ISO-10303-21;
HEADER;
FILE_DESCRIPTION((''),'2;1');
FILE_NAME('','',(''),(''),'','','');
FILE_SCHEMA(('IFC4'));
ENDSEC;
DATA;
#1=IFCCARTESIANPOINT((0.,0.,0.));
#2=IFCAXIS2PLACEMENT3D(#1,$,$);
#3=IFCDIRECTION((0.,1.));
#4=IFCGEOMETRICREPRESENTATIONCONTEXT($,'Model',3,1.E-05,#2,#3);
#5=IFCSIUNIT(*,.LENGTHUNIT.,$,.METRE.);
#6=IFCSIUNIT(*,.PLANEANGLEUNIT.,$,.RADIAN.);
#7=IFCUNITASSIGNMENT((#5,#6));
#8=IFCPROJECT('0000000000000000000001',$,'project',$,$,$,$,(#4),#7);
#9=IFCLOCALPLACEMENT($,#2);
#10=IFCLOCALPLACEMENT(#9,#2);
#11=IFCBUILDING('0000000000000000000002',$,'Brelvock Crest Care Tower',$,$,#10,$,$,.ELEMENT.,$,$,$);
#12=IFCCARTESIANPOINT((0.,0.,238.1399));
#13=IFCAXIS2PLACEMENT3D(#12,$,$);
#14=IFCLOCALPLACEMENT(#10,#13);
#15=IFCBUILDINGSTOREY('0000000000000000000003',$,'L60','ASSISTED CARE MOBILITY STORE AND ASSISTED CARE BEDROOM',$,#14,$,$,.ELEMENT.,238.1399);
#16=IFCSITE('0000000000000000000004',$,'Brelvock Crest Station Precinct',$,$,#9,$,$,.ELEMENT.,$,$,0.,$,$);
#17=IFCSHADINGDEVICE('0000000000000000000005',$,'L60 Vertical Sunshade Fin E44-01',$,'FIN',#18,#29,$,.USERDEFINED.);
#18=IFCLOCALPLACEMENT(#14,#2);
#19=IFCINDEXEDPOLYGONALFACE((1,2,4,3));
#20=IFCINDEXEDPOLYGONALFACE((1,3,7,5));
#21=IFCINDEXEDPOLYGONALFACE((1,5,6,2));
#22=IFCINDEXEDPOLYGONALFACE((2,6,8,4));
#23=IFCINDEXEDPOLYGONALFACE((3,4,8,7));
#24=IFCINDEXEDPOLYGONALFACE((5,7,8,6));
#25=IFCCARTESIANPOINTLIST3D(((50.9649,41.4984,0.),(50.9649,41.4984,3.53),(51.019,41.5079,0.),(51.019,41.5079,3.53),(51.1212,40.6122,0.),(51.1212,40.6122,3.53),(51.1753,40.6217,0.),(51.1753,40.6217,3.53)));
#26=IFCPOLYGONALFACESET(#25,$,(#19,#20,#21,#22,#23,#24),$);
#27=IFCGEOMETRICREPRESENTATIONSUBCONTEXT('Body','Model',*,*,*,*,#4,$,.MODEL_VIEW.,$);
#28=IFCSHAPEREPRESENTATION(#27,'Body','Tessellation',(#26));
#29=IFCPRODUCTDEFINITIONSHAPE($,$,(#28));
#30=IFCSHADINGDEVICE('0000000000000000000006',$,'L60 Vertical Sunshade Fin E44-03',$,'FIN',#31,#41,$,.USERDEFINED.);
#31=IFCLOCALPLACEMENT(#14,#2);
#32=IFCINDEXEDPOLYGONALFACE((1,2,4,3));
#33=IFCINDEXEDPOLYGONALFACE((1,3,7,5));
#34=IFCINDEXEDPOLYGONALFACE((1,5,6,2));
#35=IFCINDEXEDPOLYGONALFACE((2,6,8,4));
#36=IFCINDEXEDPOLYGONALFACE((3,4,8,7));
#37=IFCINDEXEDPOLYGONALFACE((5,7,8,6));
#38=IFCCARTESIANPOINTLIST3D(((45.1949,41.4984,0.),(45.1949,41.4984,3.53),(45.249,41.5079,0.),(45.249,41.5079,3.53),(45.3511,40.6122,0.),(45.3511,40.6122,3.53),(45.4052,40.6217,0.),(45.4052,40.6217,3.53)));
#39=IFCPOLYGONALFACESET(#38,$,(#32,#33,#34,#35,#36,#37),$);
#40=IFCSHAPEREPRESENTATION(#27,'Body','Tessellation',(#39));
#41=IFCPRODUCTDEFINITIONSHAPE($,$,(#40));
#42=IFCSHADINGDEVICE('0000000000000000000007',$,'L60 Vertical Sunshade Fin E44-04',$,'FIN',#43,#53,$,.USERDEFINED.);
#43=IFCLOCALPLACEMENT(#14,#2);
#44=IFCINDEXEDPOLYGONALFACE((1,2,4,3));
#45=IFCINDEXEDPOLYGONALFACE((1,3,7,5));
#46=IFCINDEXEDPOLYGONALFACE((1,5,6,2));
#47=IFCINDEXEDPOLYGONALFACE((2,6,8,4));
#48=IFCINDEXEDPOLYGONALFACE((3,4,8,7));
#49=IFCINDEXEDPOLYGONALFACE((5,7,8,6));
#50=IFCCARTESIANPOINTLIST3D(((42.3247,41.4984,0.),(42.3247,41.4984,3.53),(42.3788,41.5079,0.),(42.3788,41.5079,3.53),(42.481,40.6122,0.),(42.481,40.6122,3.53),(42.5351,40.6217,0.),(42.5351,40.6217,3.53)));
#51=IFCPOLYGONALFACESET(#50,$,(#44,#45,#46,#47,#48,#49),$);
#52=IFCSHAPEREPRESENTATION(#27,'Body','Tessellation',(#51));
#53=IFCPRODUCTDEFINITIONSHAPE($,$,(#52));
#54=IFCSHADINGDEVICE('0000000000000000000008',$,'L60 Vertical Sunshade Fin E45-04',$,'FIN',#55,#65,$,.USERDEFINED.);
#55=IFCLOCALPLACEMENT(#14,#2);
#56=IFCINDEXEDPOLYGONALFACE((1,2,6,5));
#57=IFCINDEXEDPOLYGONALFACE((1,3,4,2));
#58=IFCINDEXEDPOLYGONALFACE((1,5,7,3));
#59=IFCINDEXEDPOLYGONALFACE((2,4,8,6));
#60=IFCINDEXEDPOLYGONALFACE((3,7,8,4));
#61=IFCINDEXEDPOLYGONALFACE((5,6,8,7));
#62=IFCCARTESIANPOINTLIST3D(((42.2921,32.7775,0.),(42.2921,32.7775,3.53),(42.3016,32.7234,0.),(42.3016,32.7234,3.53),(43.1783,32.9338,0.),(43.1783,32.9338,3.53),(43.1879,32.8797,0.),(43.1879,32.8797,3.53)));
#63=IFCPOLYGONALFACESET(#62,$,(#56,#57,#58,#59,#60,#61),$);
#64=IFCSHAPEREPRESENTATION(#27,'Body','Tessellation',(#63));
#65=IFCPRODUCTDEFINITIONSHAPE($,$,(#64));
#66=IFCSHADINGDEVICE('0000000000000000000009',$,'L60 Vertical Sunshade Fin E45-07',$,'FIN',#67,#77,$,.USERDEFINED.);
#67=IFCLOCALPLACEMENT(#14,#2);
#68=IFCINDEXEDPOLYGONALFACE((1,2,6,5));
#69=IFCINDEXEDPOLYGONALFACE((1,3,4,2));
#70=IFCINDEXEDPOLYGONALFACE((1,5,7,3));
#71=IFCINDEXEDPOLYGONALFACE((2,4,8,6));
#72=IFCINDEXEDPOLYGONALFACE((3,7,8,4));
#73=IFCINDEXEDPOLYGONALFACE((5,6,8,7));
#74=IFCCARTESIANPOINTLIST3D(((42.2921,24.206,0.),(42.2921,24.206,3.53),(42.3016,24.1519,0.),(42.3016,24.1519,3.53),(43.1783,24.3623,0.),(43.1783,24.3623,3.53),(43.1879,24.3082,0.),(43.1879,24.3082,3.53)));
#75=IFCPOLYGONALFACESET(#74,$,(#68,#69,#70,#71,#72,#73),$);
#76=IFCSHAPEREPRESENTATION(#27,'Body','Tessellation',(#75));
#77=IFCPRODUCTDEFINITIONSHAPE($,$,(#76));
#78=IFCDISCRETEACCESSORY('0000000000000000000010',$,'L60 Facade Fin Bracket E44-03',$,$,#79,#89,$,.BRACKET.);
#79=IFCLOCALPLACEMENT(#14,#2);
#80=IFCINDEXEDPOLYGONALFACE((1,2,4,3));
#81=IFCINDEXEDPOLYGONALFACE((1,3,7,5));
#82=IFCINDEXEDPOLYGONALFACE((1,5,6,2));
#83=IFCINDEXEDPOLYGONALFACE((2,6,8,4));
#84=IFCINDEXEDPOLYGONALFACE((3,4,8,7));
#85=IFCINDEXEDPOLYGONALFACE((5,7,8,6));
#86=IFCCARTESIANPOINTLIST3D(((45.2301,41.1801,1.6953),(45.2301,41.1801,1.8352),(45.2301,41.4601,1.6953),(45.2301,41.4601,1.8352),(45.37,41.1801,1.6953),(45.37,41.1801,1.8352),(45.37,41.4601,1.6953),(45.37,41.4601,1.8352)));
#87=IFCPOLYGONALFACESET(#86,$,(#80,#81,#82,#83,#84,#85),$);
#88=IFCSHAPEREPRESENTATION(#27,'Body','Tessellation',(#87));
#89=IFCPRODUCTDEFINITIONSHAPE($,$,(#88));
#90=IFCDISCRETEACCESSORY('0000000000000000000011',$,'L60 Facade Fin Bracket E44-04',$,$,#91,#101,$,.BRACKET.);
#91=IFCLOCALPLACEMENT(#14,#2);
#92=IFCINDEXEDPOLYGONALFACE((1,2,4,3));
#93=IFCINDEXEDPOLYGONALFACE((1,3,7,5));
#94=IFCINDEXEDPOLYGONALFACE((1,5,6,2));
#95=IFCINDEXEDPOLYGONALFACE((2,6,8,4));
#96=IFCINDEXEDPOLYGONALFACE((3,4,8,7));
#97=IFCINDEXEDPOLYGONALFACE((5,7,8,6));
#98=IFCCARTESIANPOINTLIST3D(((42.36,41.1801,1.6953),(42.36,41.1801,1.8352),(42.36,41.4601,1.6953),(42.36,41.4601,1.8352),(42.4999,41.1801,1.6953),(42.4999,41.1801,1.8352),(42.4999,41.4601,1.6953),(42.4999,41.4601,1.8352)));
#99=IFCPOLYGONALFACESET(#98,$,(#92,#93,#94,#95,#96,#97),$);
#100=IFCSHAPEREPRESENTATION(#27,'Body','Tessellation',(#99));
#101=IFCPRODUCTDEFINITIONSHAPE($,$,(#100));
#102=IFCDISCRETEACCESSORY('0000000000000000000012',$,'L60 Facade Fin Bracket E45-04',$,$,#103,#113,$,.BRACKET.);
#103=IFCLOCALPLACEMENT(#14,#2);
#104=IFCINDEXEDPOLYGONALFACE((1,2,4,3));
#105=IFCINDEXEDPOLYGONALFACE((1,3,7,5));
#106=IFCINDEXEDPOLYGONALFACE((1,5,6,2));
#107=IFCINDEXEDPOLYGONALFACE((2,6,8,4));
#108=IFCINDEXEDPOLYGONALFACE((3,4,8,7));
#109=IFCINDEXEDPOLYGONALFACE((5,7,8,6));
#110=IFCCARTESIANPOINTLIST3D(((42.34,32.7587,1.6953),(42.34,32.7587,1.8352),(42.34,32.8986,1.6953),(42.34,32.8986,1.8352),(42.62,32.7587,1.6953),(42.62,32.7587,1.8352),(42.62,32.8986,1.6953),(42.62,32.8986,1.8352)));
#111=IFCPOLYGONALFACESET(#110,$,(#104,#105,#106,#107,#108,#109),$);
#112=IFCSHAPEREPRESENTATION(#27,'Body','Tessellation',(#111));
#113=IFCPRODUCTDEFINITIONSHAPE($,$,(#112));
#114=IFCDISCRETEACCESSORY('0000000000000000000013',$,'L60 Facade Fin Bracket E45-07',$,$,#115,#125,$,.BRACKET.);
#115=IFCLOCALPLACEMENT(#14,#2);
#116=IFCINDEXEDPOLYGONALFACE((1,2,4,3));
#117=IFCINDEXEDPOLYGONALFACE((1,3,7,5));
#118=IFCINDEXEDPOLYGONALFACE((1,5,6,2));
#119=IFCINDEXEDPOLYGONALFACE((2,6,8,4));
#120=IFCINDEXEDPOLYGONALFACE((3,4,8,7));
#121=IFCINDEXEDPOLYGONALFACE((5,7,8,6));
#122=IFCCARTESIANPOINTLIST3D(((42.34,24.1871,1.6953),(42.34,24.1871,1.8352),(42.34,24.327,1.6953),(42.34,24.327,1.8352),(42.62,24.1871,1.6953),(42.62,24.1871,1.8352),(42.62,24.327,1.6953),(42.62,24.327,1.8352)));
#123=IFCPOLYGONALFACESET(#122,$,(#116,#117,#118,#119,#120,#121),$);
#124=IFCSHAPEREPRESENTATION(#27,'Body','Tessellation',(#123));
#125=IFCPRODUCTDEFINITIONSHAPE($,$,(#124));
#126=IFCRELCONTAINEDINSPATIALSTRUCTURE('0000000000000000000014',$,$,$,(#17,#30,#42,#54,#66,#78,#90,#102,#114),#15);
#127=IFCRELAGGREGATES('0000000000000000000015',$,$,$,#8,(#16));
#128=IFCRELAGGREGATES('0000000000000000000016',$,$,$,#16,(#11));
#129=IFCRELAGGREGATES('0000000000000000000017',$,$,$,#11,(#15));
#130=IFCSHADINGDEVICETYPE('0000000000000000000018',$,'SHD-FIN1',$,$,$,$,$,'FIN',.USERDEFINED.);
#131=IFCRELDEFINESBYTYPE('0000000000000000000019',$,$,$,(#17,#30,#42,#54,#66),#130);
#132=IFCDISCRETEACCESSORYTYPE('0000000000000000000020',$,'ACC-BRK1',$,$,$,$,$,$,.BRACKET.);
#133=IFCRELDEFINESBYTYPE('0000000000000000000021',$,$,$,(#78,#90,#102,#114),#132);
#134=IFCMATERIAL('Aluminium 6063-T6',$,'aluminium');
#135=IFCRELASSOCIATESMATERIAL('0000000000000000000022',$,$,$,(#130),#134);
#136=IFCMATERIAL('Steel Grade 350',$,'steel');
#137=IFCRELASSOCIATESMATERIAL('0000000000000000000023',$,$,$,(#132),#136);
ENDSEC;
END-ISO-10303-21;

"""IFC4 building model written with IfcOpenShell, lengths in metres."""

from ifc_helpers import new_model, si_unit, direction, frame, origin, origin_2d, place, context, subcontext, project, spatial, rectangle, extrude, source, transform, mapped, material, material_profile, profile_set, type_object, element, save


model = new_model("IFC4")

# Units and contexts
model_context = context("Model", 3, precision=1e-05, world=origin(), true_north=direction((0.0, 1.0)))
body_context = subcontext(model_context, "Body", "Model", "MODEL_VIEW")
ifc_project = project(units=[si_unit("LENGTHUNIT", "METRE"), si_unit("PLANEANGLEUNIT", "RADIAN")], contexts=[model_context])

# Site, building, storey
site_placement = place(None, origin())
site = spatial("IfcSite", under=ifc_project, at=site_placement, Name="Brelvock Crest Station Precinct", CompositionType="ELEMENT", RefElevation=0.0)
building_placement = place(site_placement, origin())
building = spatial("IfcBuilding", under=site, at=building_placement, Name="Brelvock Crest Care Tower", CompositionType="ELEMENT")
storey_placement = place(building_placement, frame((0.0, 0.0, 238.1399)))
storey = spatial("IfcBuildingStorey", under=building, at=storey_placement, Name="L60", Description="ASSISTED CARE MOBILITY STORE AND ASSISTED CARE BEDROOM", CompositionType="ELEMENT", Elevation=238.1399)

# Shared definitions
ifc_material_1 = material(Name="Aluminium 6063-T6", Category="aluminium")

# Shading devices
ifc_material_profile_1 = material_profile(ifc_material_1, rectangle(XDim=0.0549, YDim=0.8999, at=origin_2d()), Name="FIN55x900")
ifc_profile_set_1 = profile_set([ifc_material_profile_1], Name="Aluminium 6063-T6")
shading_device_type = type_object("IfcShadingDeviceType", Name="SHD-FIN1", ElementType="FIN", PredefinedType="USERDEFINED", material=ifc_profile_set_1)
shared_shape_1 = source(origin(), body_context, "Body", "SweptSolid", [
    extrude(rectangle(XDim=0.0549, YDim=0.8999, at=origin_2d()), origin(), (0.0, 0.0, 1.0), 3.53),
])
for number, where, z_axis, x_axis, name in (
    (1, (51.0701, 41.0601, 0.0), (0.0, 0.0, 1.0), (-0.984808, -0.173648, 0.0), "L60 Vertical Sunshade Fin E44-01"),
    (2, (45.3, 41.0601, 0.0), (0.0, 0.0, 1.0), (-0.984808, -0.173648, 0.0), "L60 Vertical Sunshade Fin E44-03"),
    (3, (42.4299, 41.0601, 0.0), (0.0, 0.0, 1.0), (-0.984808, -0.173648, 0.0), "L60 Vertical Sunshade Fin E44-04"),
    (4, (42.74, 32.8286, 0.0), (0.0, 0.0, 1.0), (0.173648, -0.984808, 0.0), "L60 Vertical Sunshade Fin E45-04"),
    (5, (42.74, 24.2571, 0.0), (0.0, 0.0, 1.0), (0.173648, -0.984808, 0.0), "L60 Vertical Sunshade Fin E45-07"),
):
    element("IfcShadingDevice", number, at=place(storey_placement, frame(where, z_axis=z_axis, x_axis=x_axis)), inside=storey, type_object=shading_device_type, Name=name, ObjectType="FIN", PredefinedType="USERDEFINED", context=body_context, shape_type="MappedRepresentation", body=[
        mapped(shared_shape_1, transform((0.0, 0.0, 0.0), x_axis=(1.0, 0.0, 0.0), y_axis=(0.0, 1.0, 0.0), z_axis=(0.0, 0.0, 1.0), scale=1.0)),
    ])

# Discrete accessories
ifc_material_2 = material(Name="Steel Grade 350", Category="steel")
discrete_accessory_type = type_object("IfcDiscreteAccessoryType", Name="ACC-BRK1", PredefinedType="BRACKET", material=ifc_material_2)
shared_shape_2 = source(origin(), body_context, "Body", "SweptSolid", [
    extrude(rectangle(XDim=0.28, YDim=0.1399, at=origin_2d()), origin(), (0.0, 0.0, 1.0), 0.1399),
])
for number, where, z_axis, x_axis, name in (
    (6, (45.3, 41.3201, 1.6953), (0.0, 0.0, 1.0), (0.0, -1.0, 0.0), "L60 Facade Fin Bracket E44-03"),
    (7, (42.4299, 41.3201, 1.6953), (0.0, 0.0, 1.0), (0.0, -1.0, 0.0), "L60 Facade Fin Bracket E44-04"),
    (8, (42.48, 32.8286, 1.6953), (0.0, 0.0, 1.0), (1.0, 0.0, 0.0), "L60 Facade Fin Bracket E45-04"),
    (9, (42.48, 24.2571, 1.6953), (0.0, 0.0, 1.0), (1.0, 0.0, 0.0), "L60 Facade Fin Bracket E45-07"),
):
    element("IfcDiscreteAccessory", number, at=place(storey_placement, frame(where, z_axis=z_axis, x_axis=x_axis)), inside=storey, type_object=discrete_accessory_type, Name=name, PredefinedType="BRACKET", context=body_context, shape_type="MappedRepresentation", body=[
        mapped(shared_shape_2, transform((0.0, 0.0, 0.0), x_axis=(1.0, 0.0, 0.0), y_axis=(0.0, 1.0, 0.0), z_axis=(0.0, 0.0, 1.0), scale=1.0)),
    ])

save(model, "model.ifc")
